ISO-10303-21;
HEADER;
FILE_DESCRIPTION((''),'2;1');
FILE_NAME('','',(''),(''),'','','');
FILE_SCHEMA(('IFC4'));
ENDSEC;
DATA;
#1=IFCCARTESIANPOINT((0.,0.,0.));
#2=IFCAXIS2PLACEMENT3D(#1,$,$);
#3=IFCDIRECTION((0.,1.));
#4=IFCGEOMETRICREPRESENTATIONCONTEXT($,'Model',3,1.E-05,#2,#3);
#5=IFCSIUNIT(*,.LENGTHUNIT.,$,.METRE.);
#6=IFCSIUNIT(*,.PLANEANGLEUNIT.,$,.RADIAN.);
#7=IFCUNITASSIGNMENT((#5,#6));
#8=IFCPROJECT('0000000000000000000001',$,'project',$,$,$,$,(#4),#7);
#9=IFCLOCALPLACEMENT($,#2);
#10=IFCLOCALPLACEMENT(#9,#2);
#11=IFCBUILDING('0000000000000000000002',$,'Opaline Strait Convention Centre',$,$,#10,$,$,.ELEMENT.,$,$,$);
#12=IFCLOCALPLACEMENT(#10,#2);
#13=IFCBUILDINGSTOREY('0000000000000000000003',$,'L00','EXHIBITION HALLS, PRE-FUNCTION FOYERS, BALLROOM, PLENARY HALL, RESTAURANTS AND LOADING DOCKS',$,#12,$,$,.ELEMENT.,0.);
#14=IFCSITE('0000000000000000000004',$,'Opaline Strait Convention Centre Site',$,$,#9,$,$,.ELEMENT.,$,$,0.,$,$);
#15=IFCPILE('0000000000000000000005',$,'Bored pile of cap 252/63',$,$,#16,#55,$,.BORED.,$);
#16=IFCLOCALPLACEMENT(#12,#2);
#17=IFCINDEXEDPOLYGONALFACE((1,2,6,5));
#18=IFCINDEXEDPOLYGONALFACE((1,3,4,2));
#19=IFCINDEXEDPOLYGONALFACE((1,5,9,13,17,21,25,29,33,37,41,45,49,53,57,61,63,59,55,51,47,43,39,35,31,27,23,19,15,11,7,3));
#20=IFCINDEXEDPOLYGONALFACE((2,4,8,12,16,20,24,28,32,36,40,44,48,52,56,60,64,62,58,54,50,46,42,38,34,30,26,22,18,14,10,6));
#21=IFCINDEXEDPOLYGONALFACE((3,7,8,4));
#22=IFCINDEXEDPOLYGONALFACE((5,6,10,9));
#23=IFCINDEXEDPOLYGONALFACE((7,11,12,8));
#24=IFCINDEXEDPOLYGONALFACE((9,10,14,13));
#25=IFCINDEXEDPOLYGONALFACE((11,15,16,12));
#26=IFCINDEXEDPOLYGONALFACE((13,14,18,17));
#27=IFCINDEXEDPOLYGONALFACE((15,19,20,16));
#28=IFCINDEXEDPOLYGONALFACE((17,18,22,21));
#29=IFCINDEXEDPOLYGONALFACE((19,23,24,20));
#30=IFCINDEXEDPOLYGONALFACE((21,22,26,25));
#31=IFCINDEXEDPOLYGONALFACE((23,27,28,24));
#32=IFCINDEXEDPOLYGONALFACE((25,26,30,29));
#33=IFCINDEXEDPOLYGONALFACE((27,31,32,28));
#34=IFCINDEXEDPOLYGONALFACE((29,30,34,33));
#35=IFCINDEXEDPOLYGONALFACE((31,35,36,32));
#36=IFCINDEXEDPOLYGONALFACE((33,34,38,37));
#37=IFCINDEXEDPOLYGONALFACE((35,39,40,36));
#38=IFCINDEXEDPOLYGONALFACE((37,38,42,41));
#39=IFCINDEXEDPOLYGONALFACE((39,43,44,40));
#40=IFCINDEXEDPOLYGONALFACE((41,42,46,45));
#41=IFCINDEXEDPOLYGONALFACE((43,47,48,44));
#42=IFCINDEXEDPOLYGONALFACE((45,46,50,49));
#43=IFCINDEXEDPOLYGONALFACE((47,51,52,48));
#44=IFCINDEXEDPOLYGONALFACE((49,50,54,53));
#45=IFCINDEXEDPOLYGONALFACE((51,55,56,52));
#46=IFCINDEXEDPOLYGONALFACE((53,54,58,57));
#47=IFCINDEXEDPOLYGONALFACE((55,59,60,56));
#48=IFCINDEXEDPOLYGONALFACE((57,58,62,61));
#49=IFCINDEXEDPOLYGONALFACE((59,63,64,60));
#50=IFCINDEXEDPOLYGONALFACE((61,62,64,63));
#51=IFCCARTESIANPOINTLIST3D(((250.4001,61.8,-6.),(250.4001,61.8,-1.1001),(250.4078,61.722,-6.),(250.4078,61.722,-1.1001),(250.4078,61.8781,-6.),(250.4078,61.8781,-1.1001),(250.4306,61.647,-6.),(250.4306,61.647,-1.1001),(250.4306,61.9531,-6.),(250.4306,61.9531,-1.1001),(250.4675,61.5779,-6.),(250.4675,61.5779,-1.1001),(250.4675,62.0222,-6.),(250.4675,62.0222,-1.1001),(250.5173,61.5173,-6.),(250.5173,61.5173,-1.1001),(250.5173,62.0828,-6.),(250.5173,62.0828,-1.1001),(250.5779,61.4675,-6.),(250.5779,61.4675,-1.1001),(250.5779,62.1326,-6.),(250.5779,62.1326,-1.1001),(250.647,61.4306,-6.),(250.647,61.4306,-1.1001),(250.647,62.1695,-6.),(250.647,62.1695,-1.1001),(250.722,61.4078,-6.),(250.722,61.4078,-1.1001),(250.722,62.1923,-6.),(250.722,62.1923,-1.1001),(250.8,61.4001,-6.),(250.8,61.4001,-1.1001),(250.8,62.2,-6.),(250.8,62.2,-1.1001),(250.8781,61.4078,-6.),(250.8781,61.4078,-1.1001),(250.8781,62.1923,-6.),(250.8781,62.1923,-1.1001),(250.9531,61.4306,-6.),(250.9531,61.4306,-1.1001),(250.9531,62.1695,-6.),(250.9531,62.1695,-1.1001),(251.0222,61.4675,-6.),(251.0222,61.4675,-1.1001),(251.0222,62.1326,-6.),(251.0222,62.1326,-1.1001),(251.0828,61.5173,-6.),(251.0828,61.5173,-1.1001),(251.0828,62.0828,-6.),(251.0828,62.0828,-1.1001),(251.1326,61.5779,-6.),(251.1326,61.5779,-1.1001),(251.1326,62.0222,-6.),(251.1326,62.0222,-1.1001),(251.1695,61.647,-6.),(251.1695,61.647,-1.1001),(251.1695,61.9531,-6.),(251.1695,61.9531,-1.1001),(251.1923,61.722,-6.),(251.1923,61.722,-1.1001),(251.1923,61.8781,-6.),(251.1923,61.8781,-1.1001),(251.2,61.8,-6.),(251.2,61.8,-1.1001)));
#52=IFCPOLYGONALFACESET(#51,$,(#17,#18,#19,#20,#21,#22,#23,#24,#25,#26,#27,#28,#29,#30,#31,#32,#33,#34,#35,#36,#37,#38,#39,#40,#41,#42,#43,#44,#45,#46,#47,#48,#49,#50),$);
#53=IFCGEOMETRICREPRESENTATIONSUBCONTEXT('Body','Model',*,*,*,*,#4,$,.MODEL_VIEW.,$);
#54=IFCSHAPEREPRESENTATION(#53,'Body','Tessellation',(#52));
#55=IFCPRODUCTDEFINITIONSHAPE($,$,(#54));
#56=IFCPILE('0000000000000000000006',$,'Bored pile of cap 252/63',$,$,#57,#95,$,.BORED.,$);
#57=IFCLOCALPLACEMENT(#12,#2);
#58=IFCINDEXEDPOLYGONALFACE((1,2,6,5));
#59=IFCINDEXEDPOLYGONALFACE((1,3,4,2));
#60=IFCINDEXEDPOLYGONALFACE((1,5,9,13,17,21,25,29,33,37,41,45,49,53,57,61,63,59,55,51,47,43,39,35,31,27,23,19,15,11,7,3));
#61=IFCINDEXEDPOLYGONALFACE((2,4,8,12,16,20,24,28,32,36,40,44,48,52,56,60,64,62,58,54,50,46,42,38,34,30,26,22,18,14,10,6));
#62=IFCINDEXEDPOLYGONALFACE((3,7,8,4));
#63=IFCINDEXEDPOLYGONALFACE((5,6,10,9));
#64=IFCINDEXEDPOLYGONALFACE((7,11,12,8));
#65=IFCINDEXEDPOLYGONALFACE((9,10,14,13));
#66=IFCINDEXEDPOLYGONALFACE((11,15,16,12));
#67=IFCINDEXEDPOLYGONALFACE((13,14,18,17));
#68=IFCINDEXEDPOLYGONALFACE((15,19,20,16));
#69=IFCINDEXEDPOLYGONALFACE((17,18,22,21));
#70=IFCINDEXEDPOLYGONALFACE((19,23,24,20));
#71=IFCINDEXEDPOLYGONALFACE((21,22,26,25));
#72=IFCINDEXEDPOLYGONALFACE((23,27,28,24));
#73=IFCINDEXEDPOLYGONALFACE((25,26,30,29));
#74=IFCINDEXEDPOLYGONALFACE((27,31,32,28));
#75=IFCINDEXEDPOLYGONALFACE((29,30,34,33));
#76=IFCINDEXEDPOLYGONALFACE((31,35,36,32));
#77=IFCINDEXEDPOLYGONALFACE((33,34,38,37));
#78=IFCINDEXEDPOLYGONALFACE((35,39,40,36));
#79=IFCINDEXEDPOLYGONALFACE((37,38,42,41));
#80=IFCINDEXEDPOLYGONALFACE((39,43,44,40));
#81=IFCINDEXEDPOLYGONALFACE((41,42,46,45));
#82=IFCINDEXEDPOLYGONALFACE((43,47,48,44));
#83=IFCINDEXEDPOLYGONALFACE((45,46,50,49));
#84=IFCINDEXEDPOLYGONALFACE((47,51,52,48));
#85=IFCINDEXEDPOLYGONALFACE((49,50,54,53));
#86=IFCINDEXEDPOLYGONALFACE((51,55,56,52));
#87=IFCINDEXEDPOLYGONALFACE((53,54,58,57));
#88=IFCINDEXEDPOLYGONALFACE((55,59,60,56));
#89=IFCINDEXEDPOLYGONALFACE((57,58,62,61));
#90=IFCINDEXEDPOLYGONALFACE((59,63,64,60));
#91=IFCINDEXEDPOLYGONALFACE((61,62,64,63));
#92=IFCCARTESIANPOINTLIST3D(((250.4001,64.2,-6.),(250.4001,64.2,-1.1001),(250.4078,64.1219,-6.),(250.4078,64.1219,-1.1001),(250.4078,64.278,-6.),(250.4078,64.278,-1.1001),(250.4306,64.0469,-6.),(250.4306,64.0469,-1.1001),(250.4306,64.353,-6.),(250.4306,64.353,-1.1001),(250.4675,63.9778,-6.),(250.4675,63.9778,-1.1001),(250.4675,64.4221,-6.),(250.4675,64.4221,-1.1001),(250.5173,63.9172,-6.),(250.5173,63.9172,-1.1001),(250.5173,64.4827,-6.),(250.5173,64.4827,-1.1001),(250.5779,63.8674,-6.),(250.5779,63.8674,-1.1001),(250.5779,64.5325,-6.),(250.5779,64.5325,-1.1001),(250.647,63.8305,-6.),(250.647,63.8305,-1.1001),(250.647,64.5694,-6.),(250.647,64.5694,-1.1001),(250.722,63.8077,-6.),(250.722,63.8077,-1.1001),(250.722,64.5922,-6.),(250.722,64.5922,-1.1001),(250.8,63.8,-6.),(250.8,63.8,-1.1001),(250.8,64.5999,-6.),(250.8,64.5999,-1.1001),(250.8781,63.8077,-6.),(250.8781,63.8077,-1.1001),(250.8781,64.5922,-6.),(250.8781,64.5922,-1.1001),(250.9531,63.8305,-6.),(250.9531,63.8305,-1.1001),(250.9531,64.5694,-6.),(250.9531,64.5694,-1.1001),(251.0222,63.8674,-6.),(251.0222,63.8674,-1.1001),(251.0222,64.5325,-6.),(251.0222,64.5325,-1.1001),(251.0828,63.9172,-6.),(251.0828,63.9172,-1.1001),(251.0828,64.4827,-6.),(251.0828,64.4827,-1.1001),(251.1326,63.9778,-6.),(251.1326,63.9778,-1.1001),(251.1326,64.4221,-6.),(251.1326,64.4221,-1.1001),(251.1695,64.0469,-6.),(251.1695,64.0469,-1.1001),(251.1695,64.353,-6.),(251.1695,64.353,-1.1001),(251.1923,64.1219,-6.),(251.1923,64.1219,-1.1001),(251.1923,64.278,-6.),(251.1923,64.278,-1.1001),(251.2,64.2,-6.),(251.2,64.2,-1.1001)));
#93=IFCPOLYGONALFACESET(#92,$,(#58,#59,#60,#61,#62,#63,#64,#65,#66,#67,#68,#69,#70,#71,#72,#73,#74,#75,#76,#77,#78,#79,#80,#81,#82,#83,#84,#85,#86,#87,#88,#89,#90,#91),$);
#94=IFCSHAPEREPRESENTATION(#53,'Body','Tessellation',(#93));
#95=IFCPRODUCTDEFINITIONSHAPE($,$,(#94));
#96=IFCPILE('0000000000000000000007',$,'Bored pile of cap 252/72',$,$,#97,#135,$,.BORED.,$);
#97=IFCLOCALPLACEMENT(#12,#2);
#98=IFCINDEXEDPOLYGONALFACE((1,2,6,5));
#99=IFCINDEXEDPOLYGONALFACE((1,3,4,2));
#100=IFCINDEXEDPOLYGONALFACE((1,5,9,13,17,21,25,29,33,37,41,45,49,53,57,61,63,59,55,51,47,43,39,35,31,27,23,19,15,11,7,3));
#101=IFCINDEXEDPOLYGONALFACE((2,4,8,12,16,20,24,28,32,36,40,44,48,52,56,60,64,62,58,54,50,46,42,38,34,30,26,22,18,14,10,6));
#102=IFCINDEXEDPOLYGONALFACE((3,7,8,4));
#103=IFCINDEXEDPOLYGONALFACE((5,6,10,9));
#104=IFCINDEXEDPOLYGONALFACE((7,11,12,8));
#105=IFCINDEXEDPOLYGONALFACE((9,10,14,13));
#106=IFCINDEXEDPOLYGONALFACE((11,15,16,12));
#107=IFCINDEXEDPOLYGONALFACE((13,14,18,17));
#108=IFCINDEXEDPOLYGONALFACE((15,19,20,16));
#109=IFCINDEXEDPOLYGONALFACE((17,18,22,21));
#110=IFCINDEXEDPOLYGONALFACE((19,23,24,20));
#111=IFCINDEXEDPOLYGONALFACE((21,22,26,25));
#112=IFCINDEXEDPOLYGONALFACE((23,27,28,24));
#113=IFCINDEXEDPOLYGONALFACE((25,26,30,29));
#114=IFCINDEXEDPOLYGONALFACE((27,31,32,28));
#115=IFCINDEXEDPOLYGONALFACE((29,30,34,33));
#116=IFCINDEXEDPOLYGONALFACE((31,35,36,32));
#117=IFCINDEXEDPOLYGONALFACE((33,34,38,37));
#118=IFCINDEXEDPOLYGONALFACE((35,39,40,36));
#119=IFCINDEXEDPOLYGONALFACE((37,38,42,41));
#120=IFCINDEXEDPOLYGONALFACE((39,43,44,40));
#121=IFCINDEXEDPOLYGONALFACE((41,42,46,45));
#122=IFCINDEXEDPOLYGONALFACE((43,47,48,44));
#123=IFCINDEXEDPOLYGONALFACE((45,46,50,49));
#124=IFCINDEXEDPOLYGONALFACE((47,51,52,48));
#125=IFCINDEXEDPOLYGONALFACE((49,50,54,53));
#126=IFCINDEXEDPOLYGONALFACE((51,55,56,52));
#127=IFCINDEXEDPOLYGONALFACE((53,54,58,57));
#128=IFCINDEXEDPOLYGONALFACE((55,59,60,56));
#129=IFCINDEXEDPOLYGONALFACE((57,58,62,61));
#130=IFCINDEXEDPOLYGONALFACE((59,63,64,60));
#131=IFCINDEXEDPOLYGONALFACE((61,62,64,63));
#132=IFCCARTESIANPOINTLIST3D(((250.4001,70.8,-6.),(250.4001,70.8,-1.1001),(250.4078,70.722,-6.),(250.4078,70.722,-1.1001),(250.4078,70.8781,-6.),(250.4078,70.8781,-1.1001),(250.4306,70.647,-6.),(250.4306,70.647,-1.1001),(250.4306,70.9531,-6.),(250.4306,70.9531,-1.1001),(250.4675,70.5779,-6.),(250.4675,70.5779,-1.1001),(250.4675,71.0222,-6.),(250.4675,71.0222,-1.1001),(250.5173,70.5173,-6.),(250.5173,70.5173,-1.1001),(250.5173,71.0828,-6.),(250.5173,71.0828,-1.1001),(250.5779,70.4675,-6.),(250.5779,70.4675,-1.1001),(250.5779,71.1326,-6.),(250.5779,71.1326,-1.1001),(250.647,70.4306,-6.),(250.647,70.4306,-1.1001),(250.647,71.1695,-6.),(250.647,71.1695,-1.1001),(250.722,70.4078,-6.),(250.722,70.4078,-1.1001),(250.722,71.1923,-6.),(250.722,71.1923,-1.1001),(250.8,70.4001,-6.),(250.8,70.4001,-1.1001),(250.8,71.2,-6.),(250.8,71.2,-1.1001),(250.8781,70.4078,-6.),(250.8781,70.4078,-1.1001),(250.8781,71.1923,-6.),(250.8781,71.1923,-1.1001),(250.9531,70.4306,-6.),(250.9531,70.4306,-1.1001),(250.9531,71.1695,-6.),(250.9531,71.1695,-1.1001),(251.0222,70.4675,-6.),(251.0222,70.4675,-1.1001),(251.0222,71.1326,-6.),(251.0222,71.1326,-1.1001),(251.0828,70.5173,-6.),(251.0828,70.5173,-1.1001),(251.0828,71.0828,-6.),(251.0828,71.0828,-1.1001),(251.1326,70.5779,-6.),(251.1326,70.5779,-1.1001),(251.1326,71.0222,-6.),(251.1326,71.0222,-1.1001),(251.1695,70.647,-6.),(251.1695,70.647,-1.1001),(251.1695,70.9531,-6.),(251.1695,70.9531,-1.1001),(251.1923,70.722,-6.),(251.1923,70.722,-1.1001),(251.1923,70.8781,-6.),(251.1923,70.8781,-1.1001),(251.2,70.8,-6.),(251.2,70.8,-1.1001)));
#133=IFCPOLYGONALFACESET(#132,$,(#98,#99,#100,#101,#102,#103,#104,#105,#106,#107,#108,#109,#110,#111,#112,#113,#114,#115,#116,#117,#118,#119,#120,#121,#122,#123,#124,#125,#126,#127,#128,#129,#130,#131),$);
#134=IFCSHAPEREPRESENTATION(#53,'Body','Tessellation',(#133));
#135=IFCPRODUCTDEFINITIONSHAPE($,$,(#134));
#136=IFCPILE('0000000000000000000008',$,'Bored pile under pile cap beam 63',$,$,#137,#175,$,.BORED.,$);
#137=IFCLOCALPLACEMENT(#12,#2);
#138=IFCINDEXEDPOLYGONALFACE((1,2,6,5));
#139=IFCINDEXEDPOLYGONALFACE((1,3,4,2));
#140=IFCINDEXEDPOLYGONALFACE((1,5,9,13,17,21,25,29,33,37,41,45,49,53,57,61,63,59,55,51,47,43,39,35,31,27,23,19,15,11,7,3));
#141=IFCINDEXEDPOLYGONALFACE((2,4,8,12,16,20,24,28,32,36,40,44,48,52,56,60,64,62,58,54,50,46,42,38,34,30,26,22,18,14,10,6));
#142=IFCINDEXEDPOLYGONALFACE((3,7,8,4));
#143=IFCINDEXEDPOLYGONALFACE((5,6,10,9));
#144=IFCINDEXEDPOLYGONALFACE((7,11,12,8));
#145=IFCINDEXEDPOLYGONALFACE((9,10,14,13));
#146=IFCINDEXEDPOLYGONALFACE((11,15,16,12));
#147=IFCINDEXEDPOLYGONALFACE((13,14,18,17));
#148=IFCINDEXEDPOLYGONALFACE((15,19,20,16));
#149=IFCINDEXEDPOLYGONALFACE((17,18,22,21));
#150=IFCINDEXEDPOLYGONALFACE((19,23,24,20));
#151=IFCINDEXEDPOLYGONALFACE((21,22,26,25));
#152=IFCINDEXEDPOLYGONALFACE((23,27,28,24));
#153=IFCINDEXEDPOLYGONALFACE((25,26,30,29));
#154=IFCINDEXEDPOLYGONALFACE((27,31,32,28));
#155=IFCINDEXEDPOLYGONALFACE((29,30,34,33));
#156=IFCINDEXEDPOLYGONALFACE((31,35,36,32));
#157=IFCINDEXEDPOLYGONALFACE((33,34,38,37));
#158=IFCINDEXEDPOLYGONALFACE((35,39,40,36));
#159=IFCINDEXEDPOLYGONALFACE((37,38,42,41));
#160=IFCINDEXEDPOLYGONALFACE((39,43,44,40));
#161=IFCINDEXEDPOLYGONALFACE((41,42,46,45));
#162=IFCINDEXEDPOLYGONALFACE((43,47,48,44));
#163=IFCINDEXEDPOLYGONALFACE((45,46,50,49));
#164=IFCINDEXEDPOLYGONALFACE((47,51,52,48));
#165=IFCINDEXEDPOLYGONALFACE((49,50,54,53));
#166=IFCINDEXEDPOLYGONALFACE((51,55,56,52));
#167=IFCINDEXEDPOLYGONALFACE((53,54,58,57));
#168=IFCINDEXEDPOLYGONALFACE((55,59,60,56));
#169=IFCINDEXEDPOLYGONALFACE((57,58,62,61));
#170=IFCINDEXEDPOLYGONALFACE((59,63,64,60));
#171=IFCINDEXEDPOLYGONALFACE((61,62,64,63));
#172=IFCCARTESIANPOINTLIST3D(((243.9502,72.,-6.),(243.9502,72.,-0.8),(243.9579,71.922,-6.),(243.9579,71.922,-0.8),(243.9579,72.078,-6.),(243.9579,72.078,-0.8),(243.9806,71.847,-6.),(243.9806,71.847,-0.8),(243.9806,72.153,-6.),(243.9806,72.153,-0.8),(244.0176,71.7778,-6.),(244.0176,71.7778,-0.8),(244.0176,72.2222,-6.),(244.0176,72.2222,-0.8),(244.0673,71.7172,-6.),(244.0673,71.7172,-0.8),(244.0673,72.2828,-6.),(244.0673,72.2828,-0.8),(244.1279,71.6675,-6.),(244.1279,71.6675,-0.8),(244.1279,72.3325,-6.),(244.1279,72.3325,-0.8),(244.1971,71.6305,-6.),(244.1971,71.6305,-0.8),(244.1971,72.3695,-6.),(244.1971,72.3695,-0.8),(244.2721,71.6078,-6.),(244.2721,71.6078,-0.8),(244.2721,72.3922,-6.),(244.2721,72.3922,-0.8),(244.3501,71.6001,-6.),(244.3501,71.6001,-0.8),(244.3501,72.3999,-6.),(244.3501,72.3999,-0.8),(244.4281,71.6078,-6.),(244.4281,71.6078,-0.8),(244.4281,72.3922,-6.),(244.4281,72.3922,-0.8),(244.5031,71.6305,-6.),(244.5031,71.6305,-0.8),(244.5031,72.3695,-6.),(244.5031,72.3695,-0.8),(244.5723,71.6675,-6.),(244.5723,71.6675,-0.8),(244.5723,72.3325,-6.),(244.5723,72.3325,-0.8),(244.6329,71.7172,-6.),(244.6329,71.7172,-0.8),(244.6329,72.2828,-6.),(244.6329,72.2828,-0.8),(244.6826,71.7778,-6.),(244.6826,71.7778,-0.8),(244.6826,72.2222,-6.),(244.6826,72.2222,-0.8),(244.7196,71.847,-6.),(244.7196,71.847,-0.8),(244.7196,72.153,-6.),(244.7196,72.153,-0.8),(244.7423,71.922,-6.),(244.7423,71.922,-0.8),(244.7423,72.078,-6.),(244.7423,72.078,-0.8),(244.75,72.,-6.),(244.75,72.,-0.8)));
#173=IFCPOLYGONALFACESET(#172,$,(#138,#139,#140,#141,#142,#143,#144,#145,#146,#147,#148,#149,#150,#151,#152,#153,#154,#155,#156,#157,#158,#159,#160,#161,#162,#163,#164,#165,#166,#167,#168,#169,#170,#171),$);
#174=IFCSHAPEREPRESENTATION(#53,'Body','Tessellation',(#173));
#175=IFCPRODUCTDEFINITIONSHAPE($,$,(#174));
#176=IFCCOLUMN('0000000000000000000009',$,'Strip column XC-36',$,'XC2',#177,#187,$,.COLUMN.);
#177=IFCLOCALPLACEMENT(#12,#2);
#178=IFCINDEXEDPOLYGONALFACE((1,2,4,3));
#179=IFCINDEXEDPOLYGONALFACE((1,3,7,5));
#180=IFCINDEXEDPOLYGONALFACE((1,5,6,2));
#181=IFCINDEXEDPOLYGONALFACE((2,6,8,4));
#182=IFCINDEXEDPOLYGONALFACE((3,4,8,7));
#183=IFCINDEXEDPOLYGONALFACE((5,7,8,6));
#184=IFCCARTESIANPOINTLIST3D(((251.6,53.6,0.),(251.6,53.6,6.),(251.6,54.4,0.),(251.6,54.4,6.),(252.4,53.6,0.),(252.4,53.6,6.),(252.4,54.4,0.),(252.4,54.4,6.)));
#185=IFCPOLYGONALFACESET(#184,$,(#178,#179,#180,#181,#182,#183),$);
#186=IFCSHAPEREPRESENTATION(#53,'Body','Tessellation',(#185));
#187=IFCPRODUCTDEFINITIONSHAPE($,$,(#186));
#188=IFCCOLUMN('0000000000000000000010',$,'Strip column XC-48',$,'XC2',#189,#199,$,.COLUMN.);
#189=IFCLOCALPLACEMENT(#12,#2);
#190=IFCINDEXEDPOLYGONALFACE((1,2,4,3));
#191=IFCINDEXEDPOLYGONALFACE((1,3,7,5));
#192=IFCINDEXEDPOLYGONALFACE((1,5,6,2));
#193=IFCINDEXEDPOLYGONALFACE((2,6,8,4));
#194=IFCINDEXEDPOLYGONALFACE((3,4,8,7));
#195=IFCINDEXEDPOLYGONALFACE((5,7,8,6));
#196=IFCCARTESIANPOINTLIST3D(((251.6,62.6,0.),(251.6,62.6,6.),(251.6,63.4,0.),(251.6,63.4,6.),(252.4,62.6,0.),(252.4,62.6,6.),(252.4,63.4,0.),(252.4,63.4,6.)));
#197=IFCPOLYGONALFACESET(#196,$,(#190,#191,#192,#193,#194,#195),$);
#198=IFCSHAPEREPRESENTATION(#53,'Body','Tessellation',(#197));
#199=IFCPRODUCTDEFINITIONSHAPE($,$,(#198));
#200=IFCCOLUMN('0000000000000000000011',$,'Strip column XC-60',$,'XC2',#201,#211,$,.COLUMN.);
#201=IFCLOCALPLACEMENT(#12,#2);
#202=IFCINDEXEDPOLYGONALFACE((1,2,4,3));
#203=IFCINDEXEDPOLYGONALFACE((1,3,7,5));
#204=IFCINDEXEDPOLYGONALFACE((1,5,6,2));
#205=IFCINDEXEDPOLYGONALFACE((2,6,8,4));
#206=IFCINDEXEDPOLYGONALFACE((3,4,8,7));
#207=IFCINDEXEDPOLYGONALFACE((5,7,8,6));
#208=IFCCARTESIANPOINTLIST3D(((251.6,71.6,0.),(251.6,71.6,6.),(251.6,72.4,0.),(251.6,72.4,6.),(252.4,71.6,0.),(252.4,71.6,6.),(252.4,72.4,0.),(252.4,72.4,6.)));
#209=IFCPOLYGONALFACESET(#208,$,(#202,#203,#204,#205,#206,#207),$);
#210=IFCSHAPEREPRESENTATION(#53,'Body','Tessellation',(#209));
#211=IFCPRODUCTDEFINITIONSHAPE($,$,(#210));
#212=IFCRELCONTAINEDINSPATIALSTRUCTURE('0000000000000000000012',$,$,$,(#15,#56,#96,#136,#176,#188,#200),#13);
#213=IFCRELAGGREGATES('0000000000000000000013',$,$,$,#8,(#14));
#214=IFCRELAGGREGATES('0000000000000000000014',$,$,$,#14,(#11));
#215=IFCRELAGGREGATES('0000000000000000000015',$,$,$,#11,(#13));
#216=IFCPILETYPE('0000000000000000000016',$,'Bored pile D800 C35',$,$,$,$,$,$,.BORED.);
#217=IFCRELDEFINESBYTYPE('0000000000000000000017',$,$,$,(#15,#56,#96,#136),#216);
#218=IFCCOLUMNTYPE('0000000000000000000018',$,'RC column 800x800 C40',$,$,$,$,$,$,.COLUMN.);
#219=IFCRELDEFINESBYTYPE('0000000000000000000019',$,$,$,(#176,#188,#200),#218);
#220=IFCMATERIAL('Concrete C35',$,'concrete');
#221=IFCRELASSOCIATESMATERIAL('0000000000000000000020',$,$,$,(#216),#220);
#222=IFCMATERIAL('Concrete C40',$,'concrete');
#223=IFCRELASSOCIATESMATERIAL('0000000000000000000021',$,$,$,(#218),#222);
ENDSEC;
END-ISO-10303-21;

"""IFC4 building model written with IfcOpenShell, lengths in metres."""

from ifc_helpers import new_model, si_unit, direction, frame, origin, origin_2d, place, context, subcontext, project, spatial, rectangle, circle, extrude, material, material_profile, profile_set, type_object, element, save


model = new_model("IFC4")

# Units and contexts
model_context = context("Model", 3, precision=1e-05, world=origin(), true_north=direction((0.0, 1.0)))
body_context = subcontext(model_context, "Body", "Model", "MODEL_VIEW")
ifc_project = project(units=[si_unit("LENGTHUNIT", "METRE"), si_unit("PLANEANGLEUNIT", "RADIAN")], contexts=[model_context])

# Site, building, storey
site_placement = place(None, origin())
site = spatial("IfcSite", under=ifc_project, at=site_placement, Name="Opaline Strait Convention Centre Site", CompositionType="ELEMENT", RefElevation=0.0)
building_placement = place(site_placement, origin())
building = spatial("IfcBuilding", under=site, at=building_placement, Name="Opaline Strait Convention Centre", CompositionType="ELEMENT")
storey_placement = place(building_placement, origin())
storey = spatial("IfcBuildingStorey", under=building, at=storey_placement, Name="L00", Description="EXHIBITION HALLS, PRE-FUNCTION FOYERS, BALLROOM, PLENARY HALL, RESTAURANTS AND LOADING DOCKS", CompositionType="ELEMENT", Elevation=0.0)

# Piles
ifc_material_1 = material(Name="Concrete C35", Category="concrete")
ifc_material_profile_1 = material_profile(ifc_material_1, circle(Radius=0.3999, at=origin_2d()), Name="D800")
ifc_profile_set_1 = profile_set([ifc_material_profile_1], Name="Concrete C35")
pile_type_1 = type_object("IfcPileType", Name="Bored pile D800 C35", PredefinedType="BORED", material=ifc_profile_set_1)
for number, where, z_axis, x_axis, name in (
    (1, (250.8, 61.8, -1.1001), (0.0, 0.0, -1.0), (1.0, 0.0, 0.0), "Bored pile of cap 252/63"),
    (2, (250.8, 64.2, -1.1001), (0.0, 0.0, -1.0), (1.0, 0.0, 0.0), "Bored pile of cap 252/63"),
    (3, (250.8, 70.8, -1.1001), (0.0, 0.0, -1.0), (1.0, 0.0, 0.0), "Bored pile of cap 252/72"),
):
    element("IfcPile", number, at=place(storey_placement, frame(where, z_axis=z_axis, x_axis=x_axis)), inside=storey, type_object=pile_type_1, Name=name, PredefinedType="BORED", context=body_context, shape_type="SweptSolid", body=[
        extrude(circle(Radius=0.3999, at=origin_2d()), origin(), (0.0, 0.0, 1.0), 4.8999),
    ])
pile_placement = place(storey_placement, frame((244.3501, 72.0, -0.8), z_axis=(0.0, 0.0, -1.0), x_axis=(1.0, 0.0, 0.0)))
element("IfcPile", 4, at=pile_placement, inside=storey, type_object=pile_type_1, Name="Bored pile under pile cap beam 63", PredefinedType="BORED", context=body_context, shape_type="SweptSolid", body=[
    extrude(circle(Radius=0.3999, at=origin_2d()), origin(), (0.0, 0.0, 1.0), 5.2),
])

# Columns
ifc_material_2 = material(Name="Concrete C40", Category="concrete")
ifc_material_profile_2 = material_profile(ifc_material_2, rectangle(XDim=0.8, YDim=0.8, at=origin_2d()), Name="RC 800x800")
ifc_profile_set_2 = profile_set([ifc_material_profile_2], Name="Concrete C40")
column_type = type_object("IfcColumnType", Name="RC column 800x800 C40", PredefinedType="COLUMN", material=ifc_profile_set_2)
for number, where, z_axis, x_axis, name in (
    (5, (252.0, 54.0, 0.0), (0.0, 0.0, 1.0), (1.0, 0.0, 0.0), "Strip column XC-36"),
    (6, (252.0, 63.0, 0.0), (0.0, 0.0, 1.0), (1.0, 0.0, 0.0), "Strip column XC-48"),
    (7, (252.0, 72.0, 0.0), (0.0, 0.0, 1.0), (1.0, 0.0, 0.0), "Strip column XC-60"),
):
    element("IfcColumn", number, at=place(storey_placement, frame(where, z_axis=z_axis, x_axis=x_axis)), inside=storey, type_object=column_type, Name=name, ObjectType="XC2", PredefinedType="COLUMN", context=body_context, shape_type="SweptSolid", body=[
        extrude(rectangle(XDim=0.8, YDim=0.8, at=origin_2d()), origin(), (0.0, 0.0, 1.0), 6.0),
    ])

save(model, "model.ifc")
